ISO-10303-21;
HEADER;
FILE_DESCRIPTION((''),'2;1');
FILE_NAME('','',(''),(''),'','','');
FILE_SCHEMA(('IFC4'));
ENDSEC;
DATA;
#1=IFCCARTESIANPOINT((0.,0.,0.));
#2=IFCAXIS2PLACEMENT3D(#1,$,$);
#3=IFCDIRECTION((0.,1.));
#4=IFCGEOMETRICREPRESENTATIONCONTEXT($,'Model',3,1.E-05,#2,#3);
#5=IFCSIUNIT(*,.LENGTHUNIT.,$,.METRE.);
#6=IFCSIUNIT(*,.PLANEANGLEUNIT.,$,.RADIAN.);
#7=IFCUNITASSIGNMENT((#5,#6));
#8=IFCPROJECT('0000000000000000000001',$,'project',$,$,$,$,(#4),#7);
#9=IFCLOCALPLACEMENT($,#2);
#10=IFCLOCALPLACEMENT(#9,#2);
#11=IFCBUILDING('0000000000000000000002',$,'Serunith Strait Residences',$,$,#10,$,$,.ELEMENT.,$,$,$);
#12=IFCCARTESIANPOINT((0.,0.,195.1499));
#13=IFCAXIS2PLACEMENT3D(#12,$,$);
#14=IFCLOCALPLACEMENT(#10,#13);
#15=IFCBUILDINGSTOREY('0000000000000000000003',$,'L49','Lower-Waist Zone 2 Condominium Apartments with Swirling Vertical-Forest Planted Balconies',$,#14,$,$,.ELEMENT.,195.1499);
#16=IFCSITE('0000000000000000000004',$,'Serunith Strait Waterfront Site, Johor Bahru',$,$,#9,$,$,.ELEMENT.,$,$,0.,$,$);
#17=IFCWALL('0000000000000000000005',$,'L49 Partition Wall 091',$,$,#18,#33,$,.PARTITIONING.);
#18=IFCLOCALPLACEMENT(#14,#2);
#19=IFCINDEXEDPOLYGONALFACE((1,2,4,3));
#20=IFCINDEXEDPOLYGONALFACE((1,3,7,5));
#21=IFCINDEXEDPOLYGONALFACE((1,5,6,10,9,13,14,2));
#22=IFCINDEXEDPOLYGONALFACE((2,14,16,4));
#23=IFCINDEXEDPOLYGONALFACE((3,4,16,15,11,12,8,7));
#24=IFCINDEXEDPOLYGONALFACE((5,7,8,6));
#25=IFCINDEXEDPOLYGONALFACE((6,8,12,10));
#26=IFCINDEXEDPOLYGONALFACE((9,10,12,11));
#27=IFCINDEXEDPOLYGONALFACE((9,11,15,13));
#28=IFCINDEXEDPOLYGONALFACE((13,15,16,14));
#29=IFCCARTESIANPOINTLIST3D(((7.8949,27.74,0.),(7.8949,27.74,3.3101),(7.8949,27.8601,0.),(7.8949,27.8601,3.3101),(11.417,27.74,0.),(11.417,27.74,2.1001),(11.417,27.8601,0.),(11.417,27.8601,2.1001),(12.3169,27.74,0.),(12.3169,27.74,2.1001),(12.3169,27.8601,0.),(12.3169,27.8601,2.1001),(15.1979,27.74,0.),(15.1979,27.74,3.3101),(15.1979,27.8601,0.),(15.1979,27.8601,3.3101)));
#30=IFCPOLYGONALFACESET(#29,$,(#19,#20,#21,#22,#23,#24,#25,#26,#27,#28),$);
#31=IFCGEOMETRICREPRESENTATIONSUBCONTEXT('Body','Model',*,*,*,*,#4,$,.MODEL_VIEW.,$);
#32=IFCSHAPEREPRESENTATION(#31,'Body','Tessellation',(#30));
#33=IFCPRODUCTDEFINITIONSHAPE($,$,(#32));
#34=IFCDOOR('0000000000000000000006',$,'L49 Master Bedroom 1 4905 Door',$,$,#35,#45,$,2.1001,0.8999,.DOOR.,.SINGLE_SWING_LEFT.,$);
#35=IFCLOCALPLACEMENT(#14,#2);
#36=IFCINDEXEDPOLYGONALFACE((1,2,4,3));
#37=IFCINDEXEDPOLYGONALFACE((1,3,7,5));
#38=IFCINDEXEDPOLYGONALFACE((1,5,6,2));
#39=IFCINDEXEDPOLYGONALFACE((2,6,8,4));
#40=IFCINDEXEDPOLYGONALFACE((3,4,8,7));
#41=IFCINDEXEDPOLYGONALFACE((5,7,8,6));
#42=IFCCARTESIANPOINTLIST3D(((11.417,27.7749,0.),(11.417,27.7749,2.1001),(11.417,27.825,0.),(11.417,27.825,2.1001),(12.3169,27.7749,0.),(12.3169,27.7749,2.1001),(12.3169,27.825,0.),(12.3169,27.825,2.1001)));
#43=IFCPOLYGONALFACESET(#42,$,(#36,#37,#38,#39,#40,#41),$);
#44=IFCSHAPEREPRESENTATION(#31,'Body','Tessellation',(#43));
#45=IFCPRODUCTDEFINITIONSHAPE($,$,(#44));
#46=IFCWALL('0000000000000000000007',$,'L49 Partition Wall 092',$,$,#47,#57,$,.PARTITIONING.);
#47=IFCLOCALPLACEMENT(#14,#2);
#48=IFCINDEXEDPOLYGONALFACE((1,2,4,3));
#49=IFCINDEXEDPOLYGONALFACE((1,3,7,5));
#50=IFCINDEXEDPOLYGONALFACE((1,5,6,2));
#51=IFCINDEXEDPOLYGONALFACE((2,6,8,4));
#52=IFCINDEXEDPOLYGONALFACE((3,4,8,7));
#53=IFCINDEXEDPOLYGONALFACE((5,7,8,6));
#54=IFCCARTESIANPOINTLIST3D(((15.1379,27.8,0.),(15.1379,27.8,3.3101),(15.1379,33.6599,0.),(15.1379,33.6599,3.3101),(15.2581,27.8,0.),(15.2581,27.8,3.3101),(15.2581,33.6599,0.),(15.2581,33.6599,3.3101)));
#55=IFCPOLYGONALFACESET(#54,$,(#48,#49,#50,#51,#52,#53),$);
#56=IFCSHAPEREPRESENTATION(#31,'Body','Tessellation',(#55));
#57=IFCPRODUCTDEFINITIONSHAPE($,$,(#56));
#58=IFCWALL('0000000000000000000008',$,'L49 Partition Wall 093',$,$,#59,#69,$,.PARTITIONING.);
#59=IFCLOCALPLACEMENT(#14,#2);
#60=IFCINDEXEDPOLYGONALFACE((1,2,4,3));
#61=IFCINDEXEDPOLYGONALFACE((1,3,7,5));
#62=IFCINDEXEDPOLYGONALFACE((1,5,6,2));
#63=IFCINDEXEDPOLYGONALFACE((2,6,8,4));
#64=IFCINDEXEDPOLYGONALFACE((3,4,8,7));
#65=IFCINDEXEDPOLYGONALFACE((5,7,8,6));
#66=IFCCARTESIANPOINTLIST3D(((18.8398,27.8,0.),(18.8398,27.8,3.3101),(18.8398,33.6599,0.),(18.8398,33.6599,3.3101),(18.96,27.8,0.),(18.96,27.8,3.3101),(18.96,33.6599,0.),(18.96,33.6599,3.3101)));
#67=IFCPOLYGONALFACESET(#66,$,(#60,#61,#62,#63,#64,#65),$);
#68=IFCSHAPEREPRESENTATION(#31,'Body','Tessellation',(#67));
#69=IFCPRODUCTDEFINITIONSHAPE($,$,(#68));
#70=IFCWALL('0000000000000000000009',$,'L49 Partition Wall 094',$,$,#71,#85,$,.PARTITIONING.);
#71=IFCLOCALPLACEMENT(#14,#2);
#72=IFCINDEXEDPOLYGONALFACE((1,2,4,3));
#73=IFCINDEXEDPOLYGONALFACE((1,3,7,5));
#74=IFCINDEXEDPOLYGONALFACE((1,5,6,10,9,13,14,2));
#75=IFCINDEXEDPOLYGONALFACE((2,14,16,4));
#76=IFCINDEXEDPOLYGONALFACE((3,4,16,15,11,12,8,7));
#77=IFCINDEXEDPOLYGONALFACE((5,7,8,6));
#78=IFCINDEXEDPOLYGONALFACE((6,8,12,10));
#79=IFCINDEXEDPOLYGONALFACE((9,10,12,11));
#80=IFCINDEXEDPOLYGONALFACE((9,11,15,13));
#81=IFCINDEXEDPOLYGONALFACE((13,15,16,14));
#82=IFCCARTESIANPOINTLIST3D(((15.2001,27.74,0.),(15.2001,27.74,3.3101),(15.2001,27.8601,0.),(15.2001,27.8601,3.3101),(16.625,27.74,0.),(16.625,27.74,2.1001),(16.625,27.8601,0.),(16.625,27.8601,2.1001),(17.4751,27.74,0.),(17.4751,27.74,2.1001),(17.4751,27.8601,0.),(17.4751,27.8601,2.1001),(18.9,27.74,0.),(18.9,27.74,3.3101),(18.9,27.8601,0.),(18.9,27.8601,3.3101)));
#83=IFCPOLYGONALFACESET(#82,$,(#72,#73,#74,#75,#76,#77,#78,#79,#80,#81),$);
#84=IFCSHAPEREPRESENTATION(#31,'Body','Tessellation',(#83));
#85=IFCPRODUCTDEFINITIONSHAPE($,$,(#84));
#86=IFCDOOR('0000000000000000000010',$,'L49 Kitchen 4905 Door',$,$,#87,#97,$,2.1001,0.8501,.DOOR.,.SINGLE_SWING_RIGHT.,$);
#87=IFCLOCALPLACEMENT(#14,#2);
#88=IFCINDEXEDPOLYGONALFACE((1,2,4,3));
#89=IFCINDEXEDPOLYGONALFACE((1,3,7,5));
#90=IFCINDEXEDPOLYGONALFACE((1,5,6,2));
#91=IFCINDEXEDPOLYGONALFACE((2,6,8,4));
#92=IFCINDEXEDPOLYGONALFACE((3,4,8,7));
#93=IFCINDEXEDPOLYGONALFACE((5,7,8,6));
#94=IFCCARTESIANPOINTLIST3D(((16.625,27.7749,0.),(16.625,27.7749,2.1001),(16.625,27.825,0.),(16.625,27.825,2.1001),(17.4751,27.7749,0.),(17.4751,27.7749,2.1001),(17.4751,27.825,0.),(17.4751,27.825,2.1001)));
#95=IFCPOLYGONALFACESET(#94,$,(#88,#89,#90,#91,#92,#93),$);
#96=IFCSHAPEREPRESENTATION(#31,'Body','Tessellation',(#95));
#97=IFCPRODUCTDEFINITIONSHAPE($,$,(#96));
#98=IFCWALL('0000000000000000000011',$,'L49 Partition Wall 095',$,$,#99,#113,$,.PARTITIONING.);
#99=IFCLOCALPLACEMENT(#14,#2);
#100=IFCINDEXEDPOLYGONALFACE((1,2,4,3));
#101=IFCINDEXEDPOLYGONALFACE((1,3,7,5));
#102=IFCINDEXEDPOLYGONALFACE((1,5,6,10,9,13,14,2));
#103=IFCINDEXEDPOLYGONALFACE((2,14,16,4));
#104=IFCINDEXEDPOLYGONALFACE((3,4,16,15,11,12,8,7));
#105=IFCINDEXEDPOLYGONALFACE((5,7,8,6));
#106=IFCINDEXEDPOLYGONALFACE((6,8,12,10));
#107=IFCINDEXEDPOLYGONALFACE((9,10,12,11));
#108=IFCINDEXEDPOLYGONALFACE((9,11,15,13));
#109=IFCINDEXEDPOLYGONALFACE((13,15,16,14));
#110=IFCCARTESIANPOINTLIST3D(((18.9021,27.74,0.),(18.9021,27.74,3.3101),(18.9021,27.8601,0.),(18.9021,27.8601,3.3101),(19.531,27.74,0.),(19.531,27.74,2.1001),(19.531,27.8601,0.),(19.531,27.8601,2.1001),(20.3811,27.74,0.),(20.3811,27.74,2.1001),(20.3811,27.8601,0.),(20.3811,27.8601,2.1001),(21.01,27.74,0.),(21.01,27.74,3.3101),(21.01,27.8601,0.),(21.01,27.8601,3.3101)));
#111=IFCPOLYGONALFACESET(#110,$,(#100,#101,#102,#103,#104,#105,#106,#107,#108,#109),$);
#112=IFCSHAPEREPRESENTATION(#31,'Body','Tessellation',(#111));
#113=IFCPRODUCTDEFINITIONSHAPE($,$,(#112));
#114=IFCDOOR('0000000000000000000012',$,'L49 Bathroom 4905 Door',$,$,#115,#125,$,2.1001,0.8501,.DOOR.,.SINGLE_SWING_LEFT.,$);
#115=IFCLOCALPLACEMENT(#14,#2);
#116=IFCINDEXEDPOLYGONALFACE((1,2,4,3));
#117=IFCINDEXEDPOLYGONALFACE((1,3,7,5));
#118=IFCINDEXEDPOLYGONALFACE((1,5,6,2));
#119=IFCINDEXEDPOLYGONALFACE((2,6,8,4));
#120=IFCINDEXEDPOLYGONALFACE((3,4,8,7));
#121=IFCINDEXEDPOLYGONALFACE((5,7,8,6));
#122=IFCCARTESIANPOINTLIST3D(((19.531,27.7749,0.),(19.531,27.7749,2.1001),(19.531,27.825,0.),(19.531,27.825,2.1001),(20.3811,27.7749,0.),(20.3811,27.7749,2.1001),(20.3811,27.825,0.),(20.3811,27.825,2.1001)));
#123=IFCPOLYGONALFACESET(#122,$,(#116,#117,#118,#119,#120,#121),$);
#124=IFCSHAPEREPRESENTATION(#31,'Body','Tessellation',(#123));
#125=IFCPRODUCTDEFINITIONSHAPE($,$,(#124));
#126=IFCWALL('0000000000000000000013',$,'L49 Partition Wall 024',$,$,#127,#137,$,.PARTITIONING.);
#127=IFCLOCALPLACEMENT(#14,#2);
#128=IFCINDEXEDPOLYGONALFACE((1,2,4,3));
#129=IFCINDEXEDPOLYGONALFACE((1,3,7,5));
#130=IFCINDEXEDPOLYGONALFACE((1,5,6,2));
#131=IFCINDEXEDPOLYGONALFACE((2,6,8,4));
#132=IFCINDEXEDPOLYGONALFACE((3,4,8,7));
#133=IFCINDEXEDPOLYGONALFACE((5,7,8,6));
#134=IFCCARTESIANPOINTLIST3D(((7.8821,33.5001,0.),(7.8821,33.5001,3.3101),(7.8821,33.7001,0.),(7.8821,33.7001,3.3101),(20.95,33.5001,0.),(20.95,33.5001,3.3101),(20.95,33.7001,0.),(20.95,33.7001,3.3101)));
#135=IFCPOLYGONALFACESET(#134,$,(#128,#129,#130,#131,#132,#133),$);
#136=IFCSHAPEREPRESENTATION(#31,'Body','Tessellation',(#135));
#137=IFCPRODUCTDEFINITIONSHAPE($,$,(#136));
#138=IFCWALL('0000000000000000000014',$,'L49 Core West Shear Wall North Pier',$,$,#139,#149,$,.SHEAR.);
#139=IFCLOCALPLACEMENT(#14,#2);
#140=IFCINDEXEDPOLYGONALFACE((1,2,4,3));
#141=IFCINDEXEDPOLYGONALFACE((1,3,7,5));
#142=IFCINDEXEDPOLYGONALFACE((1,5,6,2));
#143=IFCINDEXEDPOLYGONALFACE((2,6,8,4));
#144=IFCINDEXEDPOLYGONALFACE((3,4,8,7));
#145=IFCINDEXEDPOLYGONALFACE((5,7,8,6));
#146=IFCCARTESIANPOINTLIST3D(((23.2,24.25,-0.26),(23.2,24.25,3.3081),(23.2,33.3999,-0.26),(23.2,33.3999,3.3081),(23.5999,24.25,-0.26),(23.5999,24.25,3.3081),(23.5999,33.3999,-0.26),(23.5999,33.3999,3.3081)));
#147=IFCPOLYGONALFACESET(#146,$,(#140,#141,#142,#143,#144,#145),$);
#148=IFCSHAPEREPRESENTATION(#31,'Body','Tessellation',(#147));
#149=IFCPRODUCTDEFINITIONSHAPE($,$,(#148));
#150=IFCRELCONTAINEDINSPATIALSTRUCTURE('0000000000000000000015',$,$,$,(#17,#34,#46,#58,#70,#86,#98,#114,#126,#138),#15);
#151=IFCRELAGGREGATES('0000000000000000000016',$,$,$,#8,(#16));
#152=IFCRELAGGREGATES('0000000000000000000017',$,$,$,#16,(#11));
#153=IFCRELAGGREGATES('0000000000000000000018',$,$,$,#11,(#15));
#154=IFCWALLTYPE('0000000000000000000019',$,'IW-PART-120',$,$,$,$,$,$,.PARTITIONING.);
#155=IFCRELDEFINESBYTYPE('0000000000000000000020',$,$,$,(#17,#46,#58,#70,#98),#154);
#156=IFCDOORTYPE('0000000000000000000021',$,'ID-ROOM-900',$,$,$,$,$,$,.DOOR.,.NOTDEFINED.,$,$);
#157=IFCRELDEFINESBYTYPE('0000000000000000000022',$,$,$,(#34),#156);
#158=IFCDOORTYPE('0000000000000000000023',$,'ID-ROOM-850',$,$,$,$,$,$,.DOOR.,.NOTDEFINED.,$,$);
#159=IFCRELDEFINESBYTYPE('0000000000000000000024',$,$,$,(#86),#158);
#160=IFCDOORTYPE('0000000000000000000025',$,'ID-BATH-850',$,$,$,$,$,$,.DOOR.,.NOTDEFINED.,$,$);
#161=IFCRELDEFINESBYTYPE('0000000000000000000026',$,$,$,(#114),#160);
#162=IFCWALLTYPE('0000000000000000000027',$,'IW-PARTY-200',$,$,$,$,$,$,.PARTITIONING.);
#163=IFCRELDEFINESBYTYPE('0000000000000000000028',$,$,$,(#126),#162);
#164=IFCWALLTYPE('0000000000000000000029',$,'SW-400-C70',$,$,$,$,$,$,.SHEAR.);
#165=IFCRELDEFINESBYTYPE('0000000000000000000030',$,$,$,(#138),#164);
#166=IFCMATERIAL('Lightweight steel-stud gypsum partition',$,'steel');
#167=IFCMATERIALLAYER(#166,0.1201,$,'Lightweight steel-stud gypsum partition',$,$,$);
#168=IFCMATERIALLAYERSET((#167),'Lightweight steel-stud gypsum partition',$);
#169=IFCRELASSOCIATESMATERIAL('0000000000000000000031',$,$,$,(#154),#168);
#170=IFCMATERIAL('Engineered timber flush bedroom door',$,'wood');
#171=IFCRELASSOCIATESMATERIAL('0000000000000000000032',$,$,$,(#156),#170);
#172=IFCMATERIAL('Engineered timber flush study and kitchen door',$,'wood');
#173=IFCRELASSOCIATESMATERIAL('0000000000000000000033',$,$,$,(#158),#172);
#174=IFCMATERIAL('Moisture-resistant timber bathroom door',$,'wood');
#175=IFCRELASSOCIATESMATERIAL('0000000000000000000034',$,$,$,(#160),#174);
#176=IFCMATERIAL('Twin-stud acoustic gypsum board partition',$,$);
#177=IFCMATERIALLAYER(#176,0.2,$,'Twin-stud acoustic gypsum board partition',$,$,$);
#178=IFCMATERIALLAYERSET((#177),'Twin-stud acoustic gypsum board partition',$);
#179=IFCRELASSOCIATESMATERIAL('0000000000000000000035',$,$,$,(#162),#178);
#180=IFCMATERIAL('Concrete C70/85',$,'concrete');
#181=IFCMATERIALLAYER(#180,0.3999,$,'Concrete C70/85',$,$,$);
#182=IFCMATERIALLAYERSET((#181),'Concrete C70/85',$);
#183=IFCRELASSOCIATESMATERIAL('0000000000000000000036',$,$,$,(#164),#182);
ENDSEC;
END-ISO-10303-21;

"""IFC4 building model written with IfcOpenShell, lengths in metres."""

from ifc_helpers import new_model, si_unit, direction, frame, frame_2d, origin, place, context, subcontext, project, spatial, rectangle, extrude, source, transform, mapped, material, layer, layer_set, type_object, element, fill, save


model = new_model("IFC4")

# Units and contexts
model_context = context("Model", 3, precision=1e-05, world=origin(), true_north=direction((0.0, 1.0)))
body_context = subcontext(model_context, "Body", "Model", "MODEL_VIEW")
ifc_project = project(units=[si_unit("LENGTHUNIT", "METRE"), si_unit("PLANEANGLEUNIT", "RADIAN")], contexts=[model_context])

# Site, building, storey
site_placement = place(None, origin())
site = spatial("IfcSite", under=ifc_project, at=site_placement, Name="Serunith Strait Waterfront Site, Johor Bahru", CompositionType="ELEMENT", RefElevation=0.0)
building_placement = place(site_placement, origin())
building = spatial("IfcBuilding", under=site, at=building_placement, Name="Serunith Strait Residences", CompositionType="ELEMENT")
storey_placement = place(building_placement, frame((0.0, 0.0, 195.1499)))
storey = spatial("IfcBuildingStorey", under=building, at=storey_placement, Name="L49", Description="Lower-Waist Zone 2 Condominium Apartments with Swirling Vertical-Forest Planted Balconies", CompositionType="ELEMENT", Elevation=195.1499)

# Wall, opening, door
ifc_material_1 = material(Name="Lightweight steel-stud gypsum partition", Category="steel")
ifc_layer_1 = layer(ifc_material_1, 0.1201, Name="Lightweight steel-stud gypsum partition")
ifc_layer_set_1 = layer_set([ifc_layer_1], Name="Lightweight steel-stud gypsum partition")
wall_type_1 = type_object("IfcWallType", Name="IW-PART-120", PredefinedType="PARTITIONING", material=ifc_layer_set_1)
wall_1_placement = place(storey_placement, frame((7.895, 27.8, 0.0), z_axis=(0.0, 0.0, 1.0), x_axis=(1.0, 0.0, 0.0)))
wall_1 = element("IfcWall", 1, at=wall_1_placement, inside=storey, type_object=wall_type_1, Name="L49 Partition Wall 091", PredefinedType="PARTITIONING", context=body_context, shape_type="SweptSolid", body=[
    extrude(rectangle(XDim=7.303, YDim=0.1201, at=frame_2d((3.6514, 0.0))), origin(), (0.0, 0.0, 1.0), 3.3101),
])
opening_1_placement = place(wall_1_placement, frame((3.522, 0.0, 0.0)))
opening_1 = element("IfcOpeningElement", 2, at=opening_1_placement, cuts=wall_1, PredefinedType="OPENING", context=body_context, shape_type="SweptSolid", body=[
    extrude(rectangle(XDim=0.8999, YDim=2.1001, at=frame_2d((0.45, 1.05))), frame((0.0, 0.0701, 0.0), z_axis=(0.0, -1.0, 0.0), x_axis=(1.0, 0.0, 0.0)), (0.0, 0.0, 1.0), 0.1401),
])
ifc_material_2 = material(Name="Engineered timber flush bedroom door", Category="wood")
door_type_1 = type_object("IfcDoorType", Name="ID-ROOM-900", OperationType="NOTDEFINED", PredefinedType="DOOR", material=ifc_material_2)
shared_shape_1 = source(origin(), body_context, "Body", "SweptSolid", [
    extrude(rectangle(XDim=0.8999, YDim=2.1001, at=frame_2d((0.45, 1.05))), frame((0.0, 0.0249, 0.0), z_axis=(0.0, -1.0, 0.0), x_axis=(1.0, 0.0, 0.0)), (0.0, 0.0, 1.0), 0.05),
])
door_1_placement = place(opening_1_placement, origin())
door_1 = element("IfcDoor", 3, at=door_1_placement, inside=storey, type_object=door_type_1, Name="L49 Master Bedroom 1 4905 Door", OperationType="SINGLE_SWING_LEFT", OverallHeight=2.1001, OverallWidth=0.8999, PredefinedType="DOOR", context=body_context, shape_type="MappedRepresentation", body=[
    mapped(shared_shape_1, transform((0.0, 0.0, 0.0), scale=1.0)),
])
fill(opening_1, door_1)

# Walls
for number, where, z_axis, x_axis, name in (
    (4, (15.198, 27.8, 0.0), (0.0, 0.0, 1.0), (0.0, 1.0, 0.0), "L49 Partition Wall 092"),
    (5, (18.8999, 27.8, 0.0), (0.0, 0.0, 1.0), (0.0, 1.0, 0.0), "L49 Partition Wall 093"),
):
    element("IfcWall", number, at=place(storey_placement, frame(where, z_axis=z_axis, x_axis=x_axis)), inside=storey, type_object=wall_type_1, Name=name, PredefinedType="PARTITIONING", context=body_context, shape_type="SweptSolid", body=[
        extrude(rectangle(XDim=5.8599, YDim=0.1201, at=frame_2d((2.9299, 0.0))), origin(), (0.0, 0.0, 1.0), 3.3101),
    ])

# Walls, openings, doors
wall_2_placement = place(storey_placement, frame((15.2, 27.8, 0.0), z_axis=(0.0, 0.0, 1.0), x_axis=(1.0, 0.0, 0.0)))
wall_2 = element("IfcWall", 6, at=wall_2_placement, inside=storey, type_object=wall_type_1, Name="L49 Partition Wall 094", PredefinedType="PARTITIONING", context=body_context, shape_type="SweptSolid", body=[
    extrude(rectangle(XDim=3.7, YDim=0.1201, at=frame_2d((1.8501, 0.0))), origin(), (0.0, 0.0, 1.0), 3.3101),
])
opening_2_placement = place(wall_2_placement, frame((1.425, 0.0, 0.0)))
opening_2 = element("IfcOpeningElement", 7, at=opening_2_placement, cuts=wall_2, PredefinedType="OPENING", context=body_context, shape_type="SweptSolid", body=[
    extrude(rectangle(XDim=0.8501, YDim=2.1001, at=frame_2d((0.425, 1.05))), frame((0.0, 0.0701, 0.0), z_axis=(0.0, -1.0, 0.0), x_axis=(1.0, 0.0, 0.0)), (0.0, 0.0, 1.0), 0.1401),
])
ifc_material_3 = material(Name="Engineered timber flush study and kitchen door", Category="wood")
door_type_2 = type_object("IfcDoorType", Name="ID-ROOM-850", OperationType="NOTDEFINED", PredefinedType="DOOR", material=ifc_material_3)
shared_shape_2 = source(origin(), body_context, "Body", "SweptSolid", [
    extrude(rectangle(XDim=0.8501, YDim=2.1001, at=frame_2d((0.425, 1.05))), frame((0.0, 0.0249, 0.0), z_axis=(0.0, -1.0, 0.0), x_axis=(1.0, 0.0, 0.0)), (0.0, 0.0, 1.0), 0.05),
])
door_2_placement = place(opening_2_placement, origin())
door_2 = element("IfcDoor", 8, at=door_2_placement, inside=storey, type_object=door_type_2, Name="L49 Kitchen 4905 Door", OperationType="SINGLE_SWING_RIGHT", OverallHeight=2.1001, OverallWidth=0.8501, PredefinedType="DOOR", context=body_context, shape_type="MappedRepresentation", body=[
    mapped(shared_shape_2, transform((0.0, 0.0, 0.0), scale=1.0)),
])
fill(opening_2, door_2)
wall_3_placement = place(storey_placement, frame((18.9021, 27.8, 0.0), z_axis=(0.0, 0.0, 1.0), x_axis=(1.0, 0.0, 0.0)))
wall_3 = element("IfcWall", 9, at=wall_3_placement, inside=storey, type_object=wall_type_1, Name="L49 Partition Wall 095", PredefinedType="PARTITIONING", context=body_context, shape_type="SweptSolid", body=[
    extrude(rectangle(XDim=2.1079, YDim=0.1201, at=frame_2d((1.054, 0.0))), origin(), (0.0, 0.0, 1.0), 3.3101),
])
opening_3_placement = place(wall_3_placement, frame((0.6289, 0.0, 0.0)))
opening_3 = element("IfcOpeningElement", 10, at=opening_3_placement, cuts=wall_3, PredefinedType="OPENING", context=body_context, shape_type="SweptSolid", body=[
    extrude(rectangle(XDim=0.8501, YDim=2.1001, at=frame_2d((0.425, 1.05))), frame((0.0, 0.0701, 0.0), z_axis=(0.0, -1.0, 0.0), x_axis=(1.0, 0.0, 0.0)), (0.0, 0.0, 1.0), 0.1401),
])
ifc_material_4 = material(Name="Moisture-resistant timber bathroom door", Category="wood")
door_type_3 = type_object("IfcDoorType", Name="ID-BATH-850", OperationType="NOTDEFINED", PredefinedType="DOOR", material=ifc_material_4)
door_3_placement = place(opening_3_placement, origin())
door_3 = element("IfcDoor", 11, at=door_3_placement, inside=storey, type_object=door_type_3, Name="L49 Bathroom 4905 Door", OperationType="SINGLE_SWING_LEFT", OverallHeight=2.1001, OverallWidth=0.8501, PredefinedType="DOOR", context=body_context, shape_type="MappedRepresentation", body=[
    mapped(shared_shape_2, transform((0.0, 0.0, 0.0), scale=1.0)),
])
fill(opening_3, door_3)

# Wall
ifc_material_5 = material(Name="Twin-stud acoustic gypsum board partition")
ifc_layer_2 = layer(ifc_material_5, 0.2, Name="Twin-stud acoustic gypsum board partition")
ifc_layer_set_2 = layer_set([ifc_layer_2], Name="Twin-stud acoustic gypsum board partition")
wall_type_2 = type_object("IfcWallType", Name="IW-PARTY-200", PredefinedType="PARTITIONING", material=ifc_layer_set_2)
wall_4_placement = place(storey_placement, frame((7.8821, 33.6001, 0.0), z_axis=(0.0, 0.0, 1.0), x_axis=(1.0, 0.0, 0.0)))
element("IfcWall", 12, at=wall_4_placement, inside=storey, type_object=wall_type_2, Name="L49 Partition Wall 024", PredefinedType="PARTITIONING", context=body_context, shape_type="SweptSolid", body=[
    extrude(rectangle(XDim=13.0679, YDim=0.2, at=frame_2d((6.5339, 0.0))), origin(), (0.0, 0.0, 1.0), 3.3101),
])

# Wall
ifc_material_6 = material(Name="Concrete C70/85", Category="concrete")
ifc_layer_3 = layer(ifc_material_6, 0.3999, Name="Concrete C70/85")
ifc_layer_set_3 = layer_set([ifc_layer_3], Name="Concrete C70/85")
wall_type_3 = type_object("IfcWallType", Name="SW-400-C70", PredefinedType="SHEAR", material=ifc_layer_set_3)
wall_5_placement = place(storey_placement, frame((23.3999, 24.25, -0.26), z_axis=(0.0, 0.0, 1.0), x_axis=(0.0, 1.0, 0.0)))
element("IfcWall", 13, at=wall_5_placement, inside=storey, type_object=wall_type_3, Name="L49 Core West Shear Wall North Pier", PredefinedType="SHEAR", context=body_context, shape_type="SweptSolid", body=[
    extrude(rectangle(XDim=9.1499, YDim=0.3999, at=frame_2d((4.575, 0.0))), origin(), (0.0, 0.0, 1.0), 3.5681),
])

save(model, "model.ifc")
